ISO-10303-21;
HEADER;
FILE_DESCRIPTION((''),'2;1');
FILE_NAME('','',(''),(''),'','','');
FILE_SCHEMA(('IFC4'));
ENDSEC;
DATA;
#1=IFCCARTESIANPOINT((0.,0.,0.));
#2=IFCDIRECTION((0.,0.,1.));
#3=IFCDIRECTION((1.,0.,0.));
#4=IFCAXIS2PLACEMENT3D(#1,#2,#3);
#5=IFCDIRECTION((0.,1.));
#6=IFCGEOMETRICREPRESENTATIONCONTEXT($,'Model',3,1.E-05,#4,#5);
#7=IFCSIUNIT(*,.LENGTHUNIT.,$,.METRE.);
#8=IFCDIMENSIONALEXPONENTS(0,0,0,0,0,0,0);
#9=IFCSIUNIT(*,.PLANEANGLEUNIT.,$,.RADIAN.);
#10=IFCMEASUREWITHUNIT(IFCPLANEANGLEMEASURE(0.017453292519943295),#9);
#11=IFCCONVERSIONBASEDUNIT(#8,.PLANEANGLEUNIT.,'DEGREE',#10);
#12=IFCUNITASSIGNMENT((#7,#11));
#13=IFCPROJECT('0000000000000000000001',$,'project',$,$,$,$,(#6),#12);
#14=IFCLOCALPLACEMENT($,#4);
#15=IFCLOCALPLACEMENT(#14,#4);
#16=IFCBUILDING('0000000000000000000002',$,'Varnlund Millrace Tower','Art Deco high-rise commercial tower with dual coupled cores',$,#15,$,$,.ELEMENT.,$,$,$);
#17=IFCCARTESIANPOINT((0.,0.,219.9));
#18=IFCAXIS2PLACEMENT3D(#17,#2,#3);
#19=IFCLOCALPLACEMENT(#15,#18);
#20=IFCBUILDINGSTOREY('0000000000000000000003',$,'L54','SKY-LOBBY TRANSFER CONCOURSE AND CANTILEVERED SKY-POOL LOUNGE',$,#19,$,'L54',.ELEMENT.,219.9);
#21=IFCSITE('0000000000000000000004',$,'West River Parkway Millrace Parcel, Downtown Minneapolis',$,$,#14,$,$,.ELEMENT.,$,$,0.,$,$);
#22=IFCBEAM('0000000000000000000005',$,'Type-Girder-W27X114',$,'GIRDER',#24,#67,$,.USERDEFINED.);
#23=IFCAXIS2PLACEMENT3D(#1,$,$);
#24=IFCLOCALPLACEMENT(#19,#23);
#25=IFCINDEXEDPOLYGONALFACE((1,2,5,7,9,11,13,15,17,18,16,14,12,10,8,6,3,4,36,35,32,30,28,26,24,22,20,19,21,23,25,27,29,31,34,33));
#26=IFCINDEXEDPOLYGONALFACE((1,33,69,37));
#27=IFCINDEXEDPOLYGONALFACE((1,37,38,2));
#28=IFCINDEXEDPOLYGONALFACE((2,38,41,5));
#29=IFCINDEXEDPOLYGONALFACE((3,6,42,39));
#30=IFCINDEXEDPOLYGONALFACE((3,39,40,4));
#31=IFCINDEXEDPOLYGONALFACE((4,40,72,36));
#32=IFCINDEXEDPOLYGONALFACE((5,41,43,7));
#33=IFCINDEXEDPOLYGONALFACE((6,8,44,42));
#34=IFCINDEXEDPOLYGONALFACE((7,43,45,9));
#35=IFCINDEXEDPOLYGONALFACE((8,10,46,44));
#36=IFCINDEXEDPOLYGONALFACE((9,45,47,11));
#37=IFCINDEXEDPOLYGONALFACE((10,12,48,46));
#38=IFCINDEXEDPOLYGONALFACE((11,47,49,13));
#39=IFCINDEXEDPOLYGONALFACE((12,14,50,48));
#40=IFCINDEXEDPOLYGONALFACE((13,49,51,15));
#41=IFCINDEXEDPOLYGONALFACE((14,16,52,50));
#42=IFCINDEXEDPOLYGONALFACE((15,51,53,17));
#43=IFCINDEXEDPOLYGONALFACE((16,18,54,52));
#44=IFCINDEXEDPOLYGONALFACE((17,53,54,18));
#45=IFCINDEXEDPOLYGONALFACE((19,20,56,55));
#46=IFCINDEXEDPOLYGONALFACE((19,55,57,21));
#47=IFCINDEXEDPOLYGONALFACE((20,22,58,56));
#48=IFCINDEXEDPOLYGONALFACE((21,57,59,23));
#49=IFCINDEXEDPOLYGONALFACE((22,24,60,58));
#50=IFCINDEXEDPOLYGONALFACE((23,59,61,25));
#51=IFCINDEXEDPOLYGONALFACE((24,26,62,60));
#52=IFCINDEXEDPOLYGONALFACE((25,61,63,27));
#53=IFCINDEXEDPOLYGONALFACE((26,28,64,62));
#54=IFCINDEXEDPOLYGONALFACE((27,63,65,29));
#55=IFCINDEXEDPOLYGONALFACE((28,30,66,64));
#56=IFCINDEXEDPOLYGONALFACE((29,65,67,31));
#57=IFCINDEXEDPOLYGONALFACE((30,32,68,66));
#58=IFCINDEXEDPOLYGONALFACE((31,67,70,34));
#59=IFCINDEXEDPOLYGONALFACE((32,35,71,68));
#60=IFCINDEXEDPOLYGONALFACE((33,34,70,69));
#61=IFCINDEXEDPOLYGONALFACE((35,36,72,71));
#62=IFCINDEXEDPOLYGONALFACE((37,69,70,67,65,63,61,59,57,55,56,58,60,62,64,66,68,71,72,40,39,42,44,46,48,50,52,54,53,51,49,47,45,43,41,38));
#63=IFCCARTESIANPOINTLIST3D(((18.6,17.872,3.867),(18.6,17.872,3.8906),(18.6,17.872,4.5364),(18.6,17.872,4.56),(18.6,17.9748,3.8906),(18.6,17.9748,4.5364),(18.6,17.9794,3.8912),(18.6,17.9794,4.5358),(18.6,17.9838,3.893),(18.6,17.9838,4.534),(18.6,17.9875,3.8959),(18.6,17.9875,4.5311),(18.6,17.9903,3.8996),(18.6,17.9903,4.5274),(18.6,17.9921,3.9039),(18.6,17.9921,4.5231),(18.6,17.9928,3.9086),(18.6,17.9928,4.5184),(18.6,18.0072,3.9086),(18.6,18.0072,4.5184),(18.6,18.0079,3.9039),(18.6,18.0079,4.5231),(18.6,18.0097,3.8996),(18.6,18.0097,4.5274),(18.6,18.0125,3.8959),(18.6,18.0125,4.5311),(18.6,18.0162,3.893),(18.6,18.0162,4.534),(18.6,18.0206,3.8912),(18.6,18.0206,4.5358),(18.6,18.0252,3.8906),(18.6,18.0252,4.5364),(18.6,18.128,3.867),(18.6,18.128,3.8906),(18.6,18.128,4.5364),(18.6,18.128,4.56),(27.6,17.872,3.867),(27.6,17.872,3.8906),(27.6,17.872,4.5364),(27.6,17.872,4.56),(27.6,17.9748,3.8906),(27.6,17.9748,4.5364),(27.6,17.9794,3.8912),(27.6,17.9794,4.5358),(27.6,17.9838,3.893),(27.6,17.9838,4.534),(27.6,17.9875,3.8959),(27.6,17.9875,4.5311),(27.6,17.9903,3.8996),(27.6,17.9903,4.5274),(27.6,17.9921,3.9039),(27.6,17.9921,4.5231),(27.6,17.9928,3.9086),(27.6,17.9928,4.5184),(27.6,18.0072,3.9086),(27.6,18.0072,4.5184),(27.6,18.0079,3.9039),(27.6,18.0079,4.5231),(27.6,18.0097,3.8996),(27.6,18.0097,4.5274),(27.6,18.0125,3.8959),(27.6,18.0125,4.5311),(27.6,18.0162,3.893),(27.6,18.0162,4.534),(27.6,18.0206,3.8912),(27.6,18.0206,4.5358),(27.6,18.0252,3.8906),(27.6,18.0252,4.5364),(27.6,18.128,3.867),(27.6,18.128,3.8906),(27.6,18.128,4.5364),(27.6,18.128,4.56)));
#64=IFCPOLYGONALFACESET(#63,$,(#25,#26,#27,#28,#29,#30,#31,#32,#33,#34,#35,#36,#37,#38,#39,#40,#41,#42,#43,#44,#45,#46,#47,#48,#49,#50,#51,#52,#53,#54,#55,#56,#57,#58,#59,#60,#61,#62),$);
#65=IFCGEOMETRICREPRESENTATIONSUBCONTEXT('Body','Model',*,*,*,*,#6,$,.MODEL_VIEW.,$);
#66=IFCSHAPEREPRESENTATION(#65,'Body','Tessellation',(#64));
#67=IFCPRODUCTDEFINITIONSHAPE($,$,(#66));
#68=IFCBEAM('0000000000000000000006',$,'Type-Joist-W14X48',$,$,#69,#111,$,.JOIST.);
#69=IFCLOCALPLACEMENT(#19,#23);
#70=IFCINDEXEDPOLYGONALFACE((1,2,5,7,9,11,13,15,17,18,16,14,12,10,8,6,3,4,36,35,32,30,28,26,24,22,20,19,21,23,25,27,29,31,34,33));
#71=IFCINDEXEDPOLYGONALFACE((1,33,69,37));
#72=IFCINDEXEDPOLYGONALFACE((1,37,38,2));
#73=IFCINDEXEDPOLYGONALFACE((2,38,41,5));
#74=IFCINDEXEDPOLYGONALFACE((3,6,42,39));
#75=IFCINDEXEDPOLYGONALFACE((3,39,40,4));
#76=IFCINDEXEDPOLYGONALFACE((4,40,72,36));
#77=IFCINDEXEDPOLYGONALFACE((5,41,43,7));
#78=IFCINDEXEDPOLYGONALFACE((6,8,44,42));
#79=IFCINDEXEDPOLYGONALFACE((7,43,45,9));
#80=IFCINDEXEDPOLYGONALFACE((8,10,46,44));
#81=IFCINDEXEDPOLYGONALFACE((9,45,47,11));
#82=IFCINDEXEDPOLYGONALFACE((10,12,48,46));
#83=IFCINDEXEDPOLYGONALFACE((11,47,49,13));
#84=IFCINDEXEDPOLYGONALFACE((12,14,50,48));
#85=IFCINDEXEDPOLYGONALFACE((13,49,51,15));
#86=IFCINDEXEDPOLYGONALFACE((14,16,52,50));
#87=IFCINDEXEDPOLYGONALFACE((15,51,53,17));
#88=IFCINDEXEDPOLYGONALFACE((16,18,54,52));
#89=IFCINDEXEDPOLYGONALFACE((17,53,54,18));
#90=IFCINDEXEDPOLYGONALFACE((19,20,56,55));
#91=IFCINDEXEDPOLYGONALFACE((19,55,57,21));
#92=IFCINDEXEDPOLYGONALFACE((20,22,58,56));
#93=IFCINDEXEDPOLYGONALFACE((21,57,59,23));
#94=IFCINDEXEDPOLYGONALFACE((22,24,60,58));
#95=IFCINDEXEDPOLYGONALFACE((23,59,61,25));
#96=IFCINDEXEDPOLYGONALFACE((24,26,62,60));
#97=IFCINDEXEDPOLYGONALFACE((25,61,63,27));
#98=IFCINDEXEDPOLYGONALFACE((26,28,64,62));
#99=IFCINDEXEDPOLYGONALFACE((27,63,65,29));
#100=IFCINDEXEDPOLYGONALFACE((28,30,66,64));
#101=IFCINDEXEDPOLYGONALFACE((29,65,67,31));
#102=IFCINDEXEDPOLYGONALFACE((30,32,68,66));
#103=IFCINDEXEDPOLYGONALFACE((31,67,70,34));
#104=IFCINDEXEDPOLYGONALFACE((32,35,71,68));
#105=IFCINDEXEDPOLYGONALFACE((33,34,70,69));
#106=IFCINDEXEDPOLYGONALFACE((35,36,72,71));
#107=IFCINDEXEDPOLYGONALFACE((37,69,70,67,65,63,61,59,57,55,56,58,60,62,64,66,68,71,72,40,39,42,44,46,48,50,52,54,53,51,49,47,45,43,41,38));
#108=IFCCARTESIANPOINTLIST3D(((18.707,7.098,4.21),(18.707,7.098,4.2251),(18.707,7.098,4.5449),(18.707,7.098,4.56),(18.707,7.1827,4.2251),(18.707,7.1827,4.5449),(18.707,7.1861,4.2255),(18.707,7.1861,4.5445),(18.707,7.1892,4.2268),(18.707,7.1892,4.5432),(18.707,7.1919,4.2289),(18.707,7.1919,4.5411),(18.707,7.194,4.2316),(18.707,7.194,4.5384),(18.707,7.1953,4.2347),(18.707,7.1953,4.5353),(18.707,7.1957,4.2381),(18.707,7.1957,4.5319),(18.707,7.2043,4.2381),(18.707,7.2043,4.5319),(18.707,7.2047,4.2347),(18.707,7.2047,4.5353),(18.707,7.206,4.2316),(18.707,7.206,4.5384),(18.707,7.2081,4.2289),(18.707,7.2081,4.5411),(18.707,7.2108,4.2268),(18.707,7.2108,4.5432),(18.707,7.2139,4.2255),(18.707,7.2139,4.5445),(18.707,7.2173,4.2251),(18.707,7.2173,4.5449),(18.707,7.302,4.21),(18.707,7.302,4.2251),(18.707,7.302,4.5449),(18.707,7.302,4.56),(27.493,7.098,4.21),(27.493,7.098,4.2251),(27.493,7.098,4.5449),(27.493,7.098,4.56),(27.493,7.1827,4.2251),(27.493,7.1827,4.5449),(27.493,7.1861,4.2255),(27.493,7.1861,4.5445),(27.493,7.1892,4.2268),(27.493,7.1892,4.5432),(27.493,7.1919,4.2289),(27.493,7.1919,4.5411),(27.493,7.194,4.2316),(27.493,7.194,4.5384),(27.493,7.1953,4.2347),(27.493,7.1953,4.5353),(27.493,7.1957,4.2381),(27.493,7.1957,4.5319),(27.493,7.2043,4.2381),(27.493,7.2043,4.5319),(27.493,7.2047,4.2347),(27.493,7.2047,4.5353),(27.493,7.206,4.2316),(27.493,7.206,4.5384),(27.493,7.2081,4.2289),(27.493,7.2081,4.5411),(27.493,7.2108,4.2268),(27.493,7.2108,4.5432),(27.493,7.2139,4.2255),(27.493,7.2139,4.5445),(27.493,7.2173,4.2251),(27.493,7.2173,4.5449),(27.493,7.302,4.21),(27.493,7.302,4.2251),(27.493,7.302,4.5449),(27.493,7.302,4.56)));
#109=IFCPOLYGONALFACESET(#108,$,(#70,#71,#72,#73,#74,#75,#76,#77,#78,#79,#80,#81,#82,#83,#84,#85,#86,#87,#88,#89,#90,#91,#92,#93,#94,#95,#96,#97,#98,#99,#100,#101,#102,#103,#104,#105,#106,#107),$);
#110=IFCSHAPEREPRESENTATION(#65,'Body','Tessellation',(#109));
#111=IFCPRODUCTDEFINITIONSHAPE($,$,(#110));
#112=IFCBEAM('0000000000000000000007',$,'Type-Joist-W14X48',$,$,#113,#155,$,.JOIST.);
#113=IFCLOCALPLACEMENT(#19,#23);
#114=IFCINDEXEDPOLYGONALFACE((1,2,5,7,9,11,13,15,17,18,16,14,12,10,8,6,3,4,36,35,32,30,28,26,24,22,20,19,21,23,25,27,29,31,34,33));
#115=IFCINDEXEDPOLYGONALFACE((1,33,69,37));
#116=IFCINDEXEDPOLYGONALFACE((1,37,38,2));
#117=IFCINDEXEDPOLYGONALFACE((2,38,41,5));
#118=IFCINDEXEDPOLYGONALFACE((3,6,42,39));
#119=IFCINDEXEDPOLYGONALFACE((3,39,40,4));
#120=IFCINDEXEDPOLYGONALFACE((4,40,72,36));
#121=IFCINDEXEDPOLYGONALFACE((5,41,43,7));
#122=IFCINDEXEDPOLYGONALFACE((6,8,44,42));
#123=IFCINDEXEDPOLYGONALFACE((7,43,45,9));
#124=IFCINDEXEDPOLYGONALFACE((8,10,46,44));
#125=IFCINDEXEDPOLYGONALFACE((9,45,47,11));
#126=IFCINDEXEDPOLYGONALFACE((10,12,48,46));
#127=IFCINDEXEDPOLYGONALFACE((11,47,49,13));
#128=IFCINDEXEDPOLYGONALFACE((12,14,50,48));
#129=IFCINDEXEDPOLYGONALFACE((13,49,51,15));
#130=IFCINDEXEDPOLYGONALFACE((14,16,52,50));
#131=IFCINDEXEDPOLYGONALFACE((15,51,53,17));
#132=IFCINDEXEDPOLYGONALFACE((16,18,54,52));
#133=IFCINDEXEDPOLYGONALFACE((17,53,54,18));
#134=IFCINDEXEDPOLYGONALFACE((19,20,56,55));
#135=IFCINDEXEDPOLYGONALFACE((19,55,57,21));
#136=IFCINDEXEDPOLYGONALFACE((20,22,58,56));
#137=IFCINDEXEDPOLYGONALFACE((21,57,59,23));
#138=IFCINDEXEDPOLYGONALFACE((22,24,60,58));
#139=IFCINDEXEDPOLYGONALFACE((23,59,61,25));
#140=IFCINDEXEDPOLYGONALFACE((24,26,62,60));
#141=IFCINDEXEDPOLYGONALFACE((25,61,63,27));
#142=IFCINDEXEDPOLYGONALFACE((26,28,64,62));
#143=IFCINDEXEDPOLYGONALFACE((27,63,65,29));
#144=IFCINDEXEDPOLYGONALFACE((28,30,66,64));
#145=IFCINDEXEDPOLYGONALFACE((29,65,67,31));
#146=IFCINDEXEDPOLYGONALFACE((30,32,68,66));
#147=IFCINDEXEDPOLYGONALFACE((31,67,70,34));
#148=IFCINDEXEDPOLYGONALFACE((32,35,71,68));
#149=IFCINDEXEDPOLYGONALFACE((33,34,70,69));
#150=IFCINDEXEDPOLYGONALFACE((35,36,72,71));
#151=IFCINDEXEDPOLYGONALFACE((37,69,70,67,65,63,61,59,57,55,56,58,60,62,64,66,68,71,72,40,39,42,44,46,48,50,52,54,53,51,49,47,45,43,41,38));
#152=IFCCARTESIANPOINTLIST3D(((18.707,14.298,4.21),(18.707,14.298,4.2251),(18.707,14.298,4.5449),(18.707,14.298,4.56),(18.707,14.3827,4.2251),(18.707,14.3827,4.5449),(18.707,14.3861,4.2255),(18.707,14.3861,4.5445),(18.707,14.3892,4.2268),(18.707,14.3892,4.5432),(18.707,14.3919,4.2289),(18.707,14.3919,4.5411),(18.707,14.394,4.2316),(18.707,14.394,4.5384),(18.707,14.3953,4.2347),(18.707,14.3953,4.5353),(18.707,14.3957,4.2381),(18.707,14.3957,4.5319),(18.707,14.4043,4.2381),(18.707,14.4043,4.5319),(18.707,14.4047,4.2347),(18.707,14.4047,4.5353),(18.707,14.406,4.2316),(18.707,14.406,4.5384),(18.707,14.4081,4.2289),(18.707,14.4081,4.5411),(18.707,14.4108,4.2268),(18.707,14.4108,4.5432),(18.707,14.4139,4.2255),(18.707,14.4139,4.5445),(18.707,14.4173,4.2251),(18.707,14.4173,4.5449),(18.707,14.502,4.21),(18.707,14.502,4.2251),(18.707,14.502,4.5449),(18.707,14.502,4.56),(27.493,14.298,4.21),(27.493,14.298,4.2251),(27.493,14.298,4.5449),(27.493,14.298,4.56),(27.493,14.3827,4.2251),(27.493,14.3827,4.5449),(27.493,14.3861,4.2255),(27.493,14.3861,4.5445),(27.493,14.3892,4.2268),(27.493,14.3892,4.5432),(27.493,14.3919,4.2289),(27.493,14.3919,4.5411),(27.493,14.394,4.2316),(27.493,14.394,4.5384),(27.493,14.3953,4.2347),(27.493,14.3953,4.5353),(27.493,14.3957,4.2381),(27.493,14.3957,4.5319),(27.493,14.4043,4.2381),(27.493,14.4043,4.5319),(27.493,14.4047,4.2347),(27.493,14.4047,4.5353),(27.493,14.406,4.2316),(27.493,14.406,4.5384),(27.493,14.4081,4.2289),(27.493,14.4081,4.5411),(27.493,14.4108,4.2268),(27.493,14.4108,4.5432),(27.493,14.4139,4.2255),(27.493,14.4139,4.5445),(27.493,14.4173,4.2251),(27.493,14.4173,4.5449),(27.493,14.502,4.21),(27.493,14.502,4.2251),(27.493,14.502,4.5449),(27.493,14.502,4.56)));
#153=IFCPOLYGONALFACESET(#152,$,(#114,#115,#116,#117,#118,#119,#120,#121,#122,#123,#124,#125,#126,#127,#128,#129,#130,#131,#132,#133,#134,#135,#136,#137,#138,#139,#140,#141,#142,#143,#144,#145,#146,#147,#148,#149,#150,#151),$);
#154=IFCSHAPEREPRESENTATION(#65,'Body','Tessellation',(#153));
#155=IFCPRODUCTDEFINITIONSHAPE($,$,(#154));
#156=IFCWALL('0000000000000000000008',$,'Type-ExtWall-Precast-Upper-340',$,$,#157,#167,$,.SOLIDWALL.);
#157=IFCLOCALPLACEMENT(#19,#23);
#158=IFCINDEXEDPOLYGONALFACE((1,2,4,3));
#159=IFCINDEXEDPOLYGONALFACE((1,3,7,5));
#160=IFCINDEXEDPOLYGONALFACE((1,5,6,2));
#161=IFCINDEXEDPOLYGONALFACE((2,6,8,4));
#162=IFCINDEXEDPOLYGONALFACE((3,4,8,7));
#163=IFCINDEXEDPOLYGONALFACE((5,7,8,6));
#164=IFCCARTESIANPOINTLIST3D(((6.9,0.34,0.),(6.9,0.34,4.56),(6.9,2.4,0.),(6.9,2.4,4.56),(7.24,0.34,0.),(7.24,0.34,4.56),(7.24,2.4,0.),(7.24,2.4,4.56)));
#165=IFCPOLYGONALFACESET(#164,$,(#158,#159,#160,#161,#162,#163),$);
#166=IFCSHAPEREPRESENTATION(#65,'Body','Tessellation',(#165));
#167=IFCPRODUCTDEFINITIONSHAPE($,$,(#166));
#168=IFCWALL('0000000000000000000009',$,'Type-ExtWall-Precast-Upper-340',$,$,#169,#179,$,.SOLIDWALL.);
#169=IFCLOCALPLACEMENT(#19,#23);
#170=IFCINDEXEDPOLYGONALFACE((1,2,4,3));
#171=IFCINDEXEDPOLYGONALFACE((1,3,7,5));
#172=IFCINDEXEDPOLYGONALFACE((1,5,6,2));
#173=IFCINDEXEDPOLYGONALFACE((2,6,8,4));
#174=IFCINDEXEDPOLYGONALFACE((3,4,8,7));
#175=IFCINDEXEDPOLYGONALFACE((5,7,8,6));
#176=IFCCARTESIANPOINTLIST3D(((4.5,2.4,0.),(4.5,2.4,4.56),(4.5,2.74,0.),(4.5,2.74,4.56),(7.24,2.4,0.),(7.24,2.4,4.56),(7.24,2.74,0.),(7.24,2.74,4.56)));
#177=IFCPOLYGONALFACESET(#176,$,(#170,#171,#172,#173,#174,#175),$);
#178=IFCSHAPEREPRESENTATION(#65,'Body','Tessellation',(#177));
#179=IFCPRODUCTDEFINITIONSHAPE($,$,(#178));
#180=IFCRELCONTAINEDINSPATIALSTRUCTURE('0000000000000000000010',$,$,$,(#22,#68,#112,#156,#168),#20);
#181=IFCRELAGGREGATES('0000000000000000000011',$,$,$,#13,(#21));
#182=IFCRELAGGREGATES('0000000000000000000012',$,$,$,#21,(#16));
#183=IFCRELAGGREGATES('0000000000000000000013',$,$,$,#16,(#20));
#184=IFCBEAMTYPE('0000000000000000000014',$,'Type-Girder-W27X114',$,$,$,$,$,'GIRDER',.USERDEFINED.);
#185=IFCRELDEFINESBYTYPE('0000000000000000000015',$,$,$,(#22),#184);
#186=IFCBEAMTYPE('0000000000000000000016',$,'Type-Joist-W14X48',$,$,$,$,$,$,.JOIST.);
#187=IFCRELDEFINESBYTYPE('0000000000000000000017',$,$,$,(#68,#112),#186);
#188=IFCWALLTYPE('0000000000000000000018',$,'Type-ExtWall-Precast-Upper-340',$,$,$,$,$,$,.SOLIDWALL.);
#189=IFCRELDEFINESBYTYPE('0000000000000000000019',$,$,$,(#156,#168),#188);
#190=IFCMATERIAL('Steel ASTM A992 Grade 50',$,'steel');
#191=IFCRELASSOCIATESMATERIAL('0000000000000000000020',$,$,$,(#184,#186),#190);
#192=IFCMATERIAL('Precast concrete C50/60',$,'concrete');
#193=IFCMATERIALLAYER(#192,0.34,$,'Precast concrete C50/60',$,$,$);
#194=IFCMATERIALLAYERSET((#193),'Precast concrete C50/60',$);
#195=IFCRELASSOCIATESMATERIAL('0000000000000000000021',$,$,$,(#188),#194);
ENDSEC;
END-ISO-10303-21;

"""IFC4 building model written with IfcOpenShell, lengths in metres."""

from ifc_helpers import new_model, entity, si_unit, converted_unit, direction, frame, origin_with_axes, origin_2d_with_axis, place, context, subcontext, project, spatial, polyline, i_section, outline, extrude, material, layer, layer_set, material_profile, profile_set, type_object, element, save


model = new_model("IFC4")

# Units and contexts
model_context = context("Model", 3, precision=1e-05, world=origin_with_axes(), true_north=direction((0.0, 1.0)))
body_context = subcontext(model_context, "Body", "Model", "MODEL_VIEW")
ifc_project = project(units=[si_unit("LENGTHUNIT", "METRE"), converted_unit("PLANEANGLEUNIT", "DEGREE", entity("IfcPlaneAngleMeasure", 0.017453292519943295), si_unit("PLANEANGLEUNIT", "RADIAN"), dimensions=[0, 0, 0, 0, 0, 0, 0])], contexts=[model_context])

# Site, building, storey
site_placement = place(None, origin_with_axes())
site = spatial("IfcSite", under=ifc_project, at=site_placement, Name="West River Parkway Millrace Parcel, Downtown Minneapolis", CompositionType="ELEMENT", RefElevation=0.0)
building_placement = place(site_placement, origin_with_axes())
building = spatial("IfcBuilding", under=site, at=building_placement, Name="Varnlund Millrace Tower", Description="Art Deco high-rise commercial tower with dual coupled cores", CompositionType="ELEMENT")
storey_placement = place(building_placement, frame((0.0, 0.0, 219.9), z_axis=(0.0, 0.0, 1.0), x_axis=(1.0, 0.0, 0.0)))
storey = spatial("IfcBuildingStorey", under=building, at=storey_placement, Name="L54", Description="SKY-LOBBY TRANSFER CONCOURSE AND CANTILEVERED SKY-POOL LOUNGE", LongName="L54", CompositionType="ELEMENT", Elevation=219.9)

# Beams
ifc_material_1 = material(Name="Steel ASTM A992 Grade 50", Category="steel")
ifc_material_profile_1 = material_profile(ifc_material_1, i_section(OverallWidth=0.256, OverallDepth=0.693, WebThickness=0.0145, FlangeThickness=0.0236, FilletRadius=0.018, at=origin_2d_with_axis()), Name="Steel ASTM A992 Grade 50")
ifc_profile_set_1 = profile_set([ifc_material_profile_1], Name="Steel ASTM A992 Grade 50")
beam_type_1 = type_object("IfcBeamType", Name="Type-Girder-W27X114", ElementType="GIRDER", PredefinedType="USERDEFINED", material=ifc_profile_set_1)
for number, where, z_axis, x_axis, name in (
    (1, (18.6, 18.0, 4.2135), (1.0, 0.0, 0.0), (0.0, 1.0, 0.0), "Type-Girder-W27X114"),
):
    element("IfcBeam", number, at=place(storey_placement, frame(where, z_axis=z_axis, x_axis=x_axis)), inside=storey, type_object=beam_type_1, Name=name, ObjectType="GIRDER", PredefinedType="USERDEFINED", context=body_context, shape_type="SweptSolid", body=[
        extrude(i_section(OverallWidth=0.256, OverallDepth=0.693, WebThickness=0.0145, FlangeThickness=0.0236, FilletRadius=0.018, at=origin_2d_with_axis()), origin_with_axes(), (0.0, 0.0, 1.0), 9.0),
    ])
ifc_material_profile_2 = material_profile(ifc_material_1, i_section(OverallWidth=0.204, OverallDepth=0.35, WebThickness=0.0086, FlangeThickness=0.0151, FilletRadius=0.013, at=origin_2d_with_axis()), Name="Steel ASTM A992 Grade 50")
ifc_profile_set_2 = profile_set([ifc_material_profile_2], Name="Steel ASTM A992 Grade 50")
beam_type_2 = type_object("IfcBeamType", Name="Type-Joist-W14X48", PredefinedType="JOIST", material=ifc_profile_set_2)
for number, where, z_axis, x_axis, name in (
    (2, (18.707, 7.2, 4.385), (1.0, 0.0, 0.0), (0.0, 1.0, 0.0), "Type-Joist-W14X48"),
    (3, (18.707, 14.4, 4.385), (1.0, 0.0, 0.0), (0.0, 1.0, 0.0), "Type-Joist-W14X48"),
):
    element("IfcBeam", number, at=place(storey_placement, frame(where, z_axis=z_axis, x_axis=x_axis)), inside=storey, type_object=beam_type_2, Name=name, PredefinedType="JOIST", context=body_context, shape_type="SweptSolid", body=[
        extrude(i_section(OverallWidth=0.204, OverallDepth=0.35, WebThickness=0.0086, FlangeThickness=0.0151, FilletRadius=0.013, at=origin_2d_with_axis()), origin_with_axes(), (0.0, 0.0, 1.0), 8.786),
    ])

# Walls
ifc_material_2 = material(Name="Precast concrete C50/60", Category="concrete")
ifc_layer_1 = layer(ifc_material_2, 0.34, Name="Precast concrete C50/60")
ifc_layer_set_1 = layer_set([ifc_layer_1], Name="Precast concrete C50/60")
wall_type_1 = type_object("IfcWallType", Name="Type-ExtWall-Precast-Upper-340", PredefinedType="SOLIDWALL", material=ifc_layer_set_1)
wall_1_placement = place(storey_placement, frame((7.07, 0.34, 0.0), z_axis=(0.0, 0.0, 1.0), x_axis=(0.0, 1.0, 0.0)))
element("IfcWall", 4, at=wall_1_placement, inside=storey, type_object=wall_type_1, Name="Type-ExtWall-Precast-Upper-340", PredefinedType="SOLIDWALL", context=body_context, shape_type="SweptSolid", body=[
    extrude(outline(polyline([(0.0, -0.17), (2.06, -0.17), (2.06, 0.17), (0.0, 0.17), (0.0, -0.17)])), origin_with_axes(), (0.0, 0.0, 1.0), 4.56),
])
wall_2_placement = place(storey_placement, frame((7.24, 2.57, 0.0), z_axis=(0.0, 0.0, 1.0), x_axis=(-1.0, 0.0, 0.0)))
element("IfcWall", 5, at=wall_2_placement, inside=storey, type_object=wall_type_1, Name="Type-ExtWall-Precast-Upper-340", PredefinedType="SOLIDWALL", context=body_context, shape_type="SweptSolid", body=[
    extrude(outline(polyline([(0.0, -0.17), (2.74, -0.17), (2.74, 0.17), (0.0, 0.17), (0.0, -0.17)])), origin_with_axes(), (0.0, 0.0, 1.0), 4.56),
])

save(model, "model.ifc")
